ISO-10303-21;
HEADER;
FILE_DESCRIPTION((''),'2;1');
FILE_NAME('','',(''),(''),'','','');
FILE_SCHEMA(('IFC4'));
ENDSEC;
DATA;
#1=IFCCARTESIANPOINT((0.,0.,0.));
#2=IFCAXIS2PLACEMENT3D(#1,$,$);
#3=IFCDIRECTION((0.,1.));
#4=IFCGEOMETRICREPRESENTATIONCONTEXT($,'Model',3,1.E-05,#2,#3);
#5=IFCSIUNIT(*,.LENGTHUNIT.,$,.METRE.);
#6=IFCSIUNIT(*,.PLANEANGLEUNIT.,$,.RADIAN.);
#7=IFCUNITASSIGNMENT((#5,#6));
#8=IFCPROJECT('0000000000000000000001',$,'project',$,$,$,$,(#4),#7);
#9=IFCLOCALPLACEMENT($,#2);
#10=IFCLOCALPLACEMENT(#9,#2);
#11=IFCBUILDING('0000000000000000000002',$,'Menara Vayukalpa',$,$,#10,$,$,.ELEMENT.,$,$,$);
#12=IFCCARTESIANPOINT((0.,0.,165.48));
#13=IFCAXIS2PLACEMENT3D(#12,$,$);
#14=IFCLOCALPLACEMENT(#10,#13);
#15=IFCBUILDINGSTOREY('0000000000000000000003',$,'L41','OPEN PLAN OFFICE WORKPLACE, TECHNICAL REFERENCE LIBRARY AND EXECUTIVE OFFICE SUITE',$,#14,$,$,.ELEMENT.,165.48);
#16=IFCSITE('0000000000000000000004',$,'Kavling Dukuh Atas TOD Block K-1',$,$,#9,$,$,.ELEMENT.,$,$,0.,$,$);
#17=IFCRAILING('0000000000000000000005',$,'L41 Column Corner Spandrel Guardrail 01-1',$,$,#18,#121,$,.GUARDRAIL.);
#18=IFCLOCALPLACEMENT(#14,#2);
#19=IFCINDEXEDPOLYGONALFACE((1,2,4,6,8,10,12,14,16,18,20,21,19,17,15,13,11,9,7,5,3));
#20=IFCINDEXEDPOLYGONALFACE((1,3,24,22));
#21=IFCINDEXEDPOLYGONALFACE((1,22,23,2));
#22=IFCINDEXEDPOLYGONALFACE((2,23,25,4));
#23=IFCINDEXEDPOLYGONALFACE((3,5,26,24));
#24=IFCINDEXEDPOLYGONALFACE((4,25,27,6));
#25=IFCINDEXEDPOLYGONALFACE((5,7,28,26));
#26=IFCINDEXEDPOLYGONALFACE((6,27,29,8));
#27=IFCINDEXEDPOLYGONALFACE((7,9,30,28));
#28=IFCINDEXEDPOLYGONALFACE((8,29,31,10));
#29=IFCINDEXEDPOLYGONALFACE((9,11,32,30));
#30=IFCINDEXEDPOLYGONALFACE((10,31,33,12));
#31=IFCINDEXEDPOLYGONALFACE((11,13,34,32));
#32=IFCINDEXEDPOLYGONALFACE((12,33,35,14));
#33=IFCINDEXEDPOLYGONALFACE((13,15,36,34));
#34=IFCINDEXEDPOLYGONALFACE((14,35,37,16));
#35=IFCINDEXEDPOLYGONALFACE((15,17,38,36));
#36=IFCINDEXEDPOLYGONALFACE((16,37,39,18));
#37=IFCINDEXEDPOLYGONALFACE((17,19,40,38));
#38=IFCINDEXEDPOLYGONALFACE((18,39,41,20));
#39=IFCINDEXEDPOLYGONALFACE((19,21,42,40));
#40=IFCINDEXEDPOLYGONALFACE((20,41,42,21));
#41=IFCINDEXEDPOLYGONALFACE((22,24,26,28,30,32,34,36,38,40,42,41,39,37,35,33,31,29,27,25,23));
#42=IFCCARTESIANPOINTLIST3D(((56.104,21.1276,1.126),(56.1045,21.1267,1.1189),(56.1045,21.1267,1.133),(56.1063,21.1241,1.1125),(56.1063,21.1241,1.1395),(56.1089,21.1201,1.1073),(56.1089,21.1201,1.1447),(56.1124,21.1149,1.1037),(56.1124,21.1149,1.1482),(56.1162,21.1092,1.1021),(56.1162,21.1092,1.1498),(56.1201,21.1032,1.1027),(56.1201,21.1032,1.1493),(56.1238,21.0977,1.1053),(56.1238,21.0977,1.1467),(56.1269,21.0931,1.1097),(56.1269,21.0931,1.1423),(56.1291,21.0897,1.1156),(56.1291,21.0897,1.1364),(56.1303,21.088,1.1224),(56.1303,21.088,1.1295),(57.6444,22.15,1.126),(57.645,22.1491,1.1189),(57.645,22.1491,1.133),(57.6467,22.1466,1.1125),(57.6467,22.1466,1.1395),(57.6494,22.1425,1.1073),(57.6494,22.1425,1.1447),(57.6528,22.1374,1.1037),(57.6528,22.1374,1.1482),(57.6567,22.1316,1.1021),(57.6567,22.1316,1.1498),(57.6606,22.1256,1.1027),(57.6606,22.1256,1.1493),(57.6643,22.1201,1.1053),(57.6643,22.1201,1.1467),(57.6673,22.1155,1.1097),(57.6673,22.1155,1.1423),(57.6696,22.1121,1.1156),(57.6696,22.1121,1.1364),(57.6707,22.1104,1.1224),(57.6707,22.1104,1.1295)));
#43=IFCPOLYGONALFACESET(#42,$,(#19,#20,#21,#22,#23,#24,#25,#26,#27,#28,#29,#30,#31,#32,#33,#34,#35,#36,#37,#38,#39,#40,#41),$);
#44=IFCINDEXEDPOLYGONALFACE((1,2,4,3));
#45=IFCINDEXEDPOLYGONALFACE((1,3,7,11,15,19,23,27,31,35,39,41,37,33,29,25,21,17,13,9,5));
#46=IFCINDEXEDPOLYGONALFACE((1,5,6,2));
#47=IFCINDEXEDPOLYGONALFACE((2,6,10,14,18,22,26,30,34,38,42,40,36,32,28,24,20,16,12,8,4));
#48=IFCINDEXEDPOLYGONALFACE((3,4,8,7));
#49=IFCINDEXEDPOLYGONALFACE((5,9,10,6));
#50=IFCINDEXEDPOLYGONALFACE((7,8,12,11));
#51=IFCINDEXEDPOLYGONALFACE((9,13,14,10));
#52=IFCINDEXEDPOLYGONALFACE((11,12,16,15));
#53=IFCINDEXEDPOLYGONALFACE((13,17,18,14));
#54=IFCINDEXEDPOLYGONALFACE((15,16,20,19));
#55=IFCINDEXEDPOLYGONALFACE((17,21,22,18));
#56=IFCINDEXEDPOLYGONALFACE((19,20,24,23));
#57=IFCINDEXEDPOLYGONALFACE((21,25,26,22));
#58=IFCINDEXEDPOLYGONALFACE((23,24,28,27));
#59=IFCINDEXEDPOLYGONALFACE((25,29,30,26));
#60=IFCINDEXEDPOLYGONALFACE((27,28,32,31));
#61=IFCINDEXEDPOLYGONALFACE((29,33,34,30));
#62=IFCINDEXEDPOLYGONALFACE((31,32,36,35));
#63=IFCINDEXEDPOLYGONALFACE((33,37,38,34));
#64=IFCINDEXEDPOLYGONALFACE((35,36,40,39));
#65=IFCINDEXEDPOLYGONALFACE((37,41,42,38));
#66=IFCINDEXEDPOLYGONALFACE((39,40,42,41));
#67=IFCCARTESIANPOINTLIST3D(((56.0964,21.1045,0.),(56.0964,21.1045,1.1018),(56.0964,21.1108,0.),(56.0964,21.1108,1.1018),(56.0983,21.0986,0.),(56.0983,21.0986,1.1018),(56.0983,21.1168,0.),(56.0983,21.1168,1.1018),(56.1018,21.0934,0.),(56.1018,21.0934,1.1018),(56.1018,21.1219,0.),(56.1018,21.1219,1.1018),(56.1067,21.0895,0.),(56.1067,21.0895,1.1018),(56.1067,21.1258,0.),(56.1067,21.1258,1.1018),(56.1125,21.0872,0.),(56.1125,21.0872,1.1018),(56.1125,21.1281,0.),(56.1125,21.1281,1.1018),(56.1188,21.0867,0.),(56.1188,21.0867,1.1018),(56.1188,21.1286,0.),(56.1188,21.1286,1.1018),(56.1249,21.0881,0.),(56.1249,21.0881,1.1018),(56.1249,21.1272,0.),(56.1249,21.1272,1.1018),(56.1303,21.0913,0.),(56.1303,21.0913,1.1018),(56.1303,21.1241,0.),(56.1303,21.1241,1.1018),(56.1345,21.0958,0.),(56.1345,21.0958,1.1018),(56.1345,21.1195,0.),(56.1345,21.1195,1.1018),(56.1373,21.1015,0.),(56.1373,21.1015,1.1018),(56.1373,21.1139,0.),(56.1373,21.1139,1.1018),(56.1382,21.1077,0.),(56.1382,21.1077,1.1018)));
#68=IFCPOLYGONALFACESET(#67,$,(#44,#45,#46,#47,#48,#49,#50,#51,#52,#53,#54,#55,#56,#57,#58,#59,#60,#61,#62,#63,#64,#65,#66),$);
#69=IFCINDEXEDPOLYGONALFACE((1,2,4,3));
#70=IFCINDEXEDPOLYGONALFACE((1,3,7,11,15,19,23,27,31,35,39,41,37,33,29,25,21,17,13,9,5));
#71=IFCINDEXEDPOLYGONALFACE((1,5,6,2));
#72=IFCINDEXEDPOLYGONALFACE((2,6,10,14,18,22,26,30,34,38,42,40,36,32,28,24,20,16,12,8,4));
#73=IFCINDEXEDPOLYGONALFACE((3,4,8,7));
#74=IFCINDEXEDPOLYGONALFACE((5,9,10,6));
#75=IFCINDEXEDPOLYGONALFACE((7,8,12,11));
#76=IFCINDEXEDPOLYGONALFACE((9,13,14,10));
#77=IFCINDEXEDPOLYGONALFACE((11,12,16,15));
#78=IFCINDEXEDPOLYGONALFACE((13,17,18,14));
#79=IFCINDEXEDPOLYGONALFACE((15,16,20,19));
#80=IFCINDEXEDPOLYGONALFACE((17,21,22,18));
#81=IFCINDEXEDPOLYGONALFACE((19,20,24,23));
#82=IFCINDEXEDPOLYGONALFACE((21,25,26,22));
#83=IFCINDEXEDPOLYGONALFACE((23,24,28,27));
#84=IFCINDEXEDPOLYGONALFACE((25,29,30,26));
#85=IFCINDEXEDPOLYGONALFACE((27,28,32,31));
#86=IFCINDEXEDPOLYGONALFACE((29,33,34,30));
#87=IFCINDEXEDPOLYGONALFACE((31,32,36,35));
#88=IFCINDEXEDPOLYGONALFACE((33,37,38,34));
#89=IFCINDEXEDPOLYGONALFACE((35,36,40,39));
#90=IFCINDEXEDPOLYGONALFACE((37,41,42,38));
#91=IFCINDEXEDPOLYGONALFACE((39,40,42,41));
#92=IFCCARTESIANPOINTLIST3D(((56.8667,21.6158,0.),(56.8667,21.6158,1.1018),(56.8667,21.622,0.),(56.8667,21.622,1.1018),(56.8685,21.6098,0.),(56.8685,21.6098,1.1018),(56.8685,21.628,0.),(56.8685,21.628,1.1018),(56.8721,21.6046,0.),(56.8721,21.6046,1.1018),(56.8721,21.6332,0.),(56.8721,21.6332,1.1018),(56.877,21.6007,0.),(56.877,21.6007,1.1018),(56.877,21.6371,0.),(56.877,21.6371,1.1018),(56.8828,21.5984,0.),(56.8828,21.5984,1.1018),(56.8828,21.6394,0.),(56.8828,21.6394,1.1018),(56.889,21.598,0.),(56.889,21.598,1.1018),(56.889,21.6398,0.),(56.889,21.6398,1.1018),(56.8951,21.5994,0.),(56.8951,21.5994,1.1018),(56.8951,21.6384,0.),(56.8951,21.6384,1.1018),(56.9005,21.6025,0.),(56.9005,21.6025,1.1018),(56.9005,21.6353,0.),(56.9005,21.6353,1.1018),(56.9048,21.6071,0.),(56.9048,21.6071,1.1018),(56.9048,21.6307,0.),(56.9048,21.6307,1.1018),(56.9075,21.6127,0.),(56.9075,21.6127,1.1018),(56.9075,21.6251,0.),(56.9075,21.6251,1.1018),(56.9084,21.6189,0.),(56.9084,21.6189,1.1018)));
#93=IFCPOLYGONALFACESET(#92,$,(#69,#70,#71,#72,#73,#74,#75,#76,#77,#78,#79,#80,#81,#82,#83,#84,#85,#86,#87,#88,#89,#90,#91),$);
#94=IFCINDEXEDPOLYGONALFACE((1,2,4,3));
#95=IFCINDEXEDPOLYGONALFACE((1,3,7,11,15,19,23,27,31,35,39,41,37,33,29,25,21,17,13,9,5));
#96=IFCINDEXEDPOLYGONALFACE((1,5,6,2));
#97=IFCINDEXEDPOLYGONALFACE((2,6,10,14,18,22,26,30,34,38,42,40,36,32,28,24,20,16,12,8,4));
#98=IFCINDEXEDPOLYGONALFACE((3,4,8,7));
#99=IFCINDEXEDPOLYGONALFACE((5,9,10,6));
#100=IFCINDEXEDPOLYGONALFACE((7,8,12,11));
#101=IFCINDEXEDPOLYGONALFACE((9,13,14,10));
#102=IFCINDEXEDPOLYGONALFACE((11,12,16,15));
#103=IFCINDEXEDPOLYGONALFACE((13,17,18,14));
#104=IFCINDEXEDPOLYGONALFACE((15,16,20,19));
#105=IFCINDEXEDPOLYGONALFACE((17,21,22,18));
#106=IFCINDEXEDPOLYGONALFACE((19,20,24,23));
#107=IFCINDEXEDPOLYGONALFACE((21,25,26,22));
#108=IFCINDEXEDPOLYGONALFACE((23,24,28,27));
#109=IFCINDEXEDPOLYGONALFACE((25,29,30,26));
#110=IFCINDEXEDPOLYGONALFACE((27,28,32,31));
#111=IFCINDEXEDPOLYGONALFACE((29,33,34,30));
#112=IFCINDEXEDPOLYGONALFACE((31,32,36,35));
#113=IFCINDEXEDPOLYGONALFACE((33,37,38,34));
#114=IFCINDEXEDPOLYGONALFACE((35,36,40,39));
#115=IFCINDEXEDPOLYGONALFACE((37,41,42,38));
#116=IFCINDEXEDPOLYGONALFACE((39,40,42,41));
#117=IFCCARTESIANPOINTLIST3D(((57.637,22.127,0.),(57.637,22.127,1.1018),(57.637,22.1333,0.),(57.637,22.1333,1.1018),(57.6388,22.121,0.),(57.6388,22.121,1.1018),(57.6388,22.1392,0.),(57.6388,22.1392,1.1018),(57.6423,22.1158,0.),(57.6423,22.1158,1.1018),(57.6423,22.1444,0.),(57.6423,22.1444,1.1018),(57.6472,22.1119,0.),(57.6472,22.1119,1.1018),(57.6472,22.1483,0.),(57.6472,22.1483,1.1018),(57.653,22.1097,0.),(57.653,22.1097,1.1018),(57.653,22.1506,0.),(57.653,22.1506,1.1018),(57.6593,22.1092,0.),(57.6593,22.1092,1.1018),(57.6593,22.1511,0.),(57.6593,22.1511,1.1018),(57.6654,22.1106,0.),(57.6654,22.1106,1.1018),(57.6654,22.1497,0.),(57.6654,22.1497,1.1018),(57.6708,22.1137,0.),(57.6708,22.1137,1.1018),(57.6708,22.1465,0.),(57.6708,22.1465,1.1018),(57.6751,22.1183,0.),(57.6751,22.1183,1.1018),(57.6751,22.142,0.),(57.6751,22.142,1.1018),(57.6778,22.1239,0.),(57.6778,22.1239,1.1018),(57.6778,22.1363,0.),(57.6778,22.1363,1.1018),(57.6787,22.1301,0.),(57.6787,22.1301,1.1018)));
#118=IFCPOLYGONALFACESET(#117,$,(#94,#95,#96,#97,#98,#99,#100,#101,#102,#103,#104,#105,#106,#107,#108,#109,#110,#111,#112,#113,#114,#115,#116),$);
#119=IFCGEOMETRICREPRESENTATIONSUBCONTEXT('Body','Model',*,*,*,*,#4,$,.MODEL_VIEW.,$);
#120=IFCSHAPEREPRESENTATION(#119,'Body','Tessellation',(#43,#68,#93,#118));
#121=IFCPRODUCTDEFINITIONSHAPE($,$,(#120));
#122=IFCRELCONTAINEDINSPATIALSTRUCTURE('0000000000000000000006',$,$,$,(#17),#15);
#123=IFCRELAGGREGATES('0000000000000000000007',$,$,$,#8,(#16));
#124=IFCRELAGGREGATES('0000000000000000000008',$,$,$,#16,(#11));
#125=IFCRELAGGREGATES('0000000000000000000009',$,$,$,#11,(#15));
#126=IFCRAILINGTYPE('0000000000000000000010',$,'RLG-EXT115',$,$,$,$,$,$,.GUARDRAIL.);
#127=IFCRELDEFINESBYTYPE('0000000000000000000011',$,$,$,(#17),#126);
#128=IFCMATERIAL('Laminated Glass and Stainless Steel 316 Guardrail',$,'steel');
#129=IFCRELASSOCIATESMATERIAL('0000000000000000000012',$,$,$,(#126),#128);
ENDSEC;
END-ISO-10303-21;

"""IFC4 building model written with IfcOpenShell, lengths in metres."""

from ifc_helpers import new_model, si_unit, direction, frame, origin, origin_2d, place, context, subcontext, project, spatial, circle, extrude, material, type_object, element, save


model = new_model("IFC4")

# Units and contexts
model_context = context("Model", 3, precision=1e-05, world=origin(), true_north=direction((0.0, 1.0)))
body_context = subcontext(model_context, "Body", "Model", "MODEL_VIEW")
ifc_project = project(units=[si_unit("LENGTHUNIT", "METRE"), si_unit("PLANEANGLEUNIT", "RADIAN")], contexts=[model_context])

# Site, building, storey
site_placement = place(None, origin())
site = spatial("IfcSite", under=ifc_project, at=site_placement, Name="Kavling Dukuh Atas TOD Block K-1", CompositionType="ELEMENT", RefElevation=0.0)
building_placement = place(site_placement, origin())
building = spatial("IfcBuilding", under=site, at=building_placement, Name="Menara Vayukalpa", CompositionType="ELEMENT")
storey_placement = place(building_placement, frame((0.0, 0.0, 165.48)))
storey = spatial("IfcBuildingStorey", under=building, at=storey_placement, Name="L41", Description="OPEN PLAN OFFICE WORKPLACE, TECHNICAL REFERENCE LIBRARY AND EXECUTIVE OFFICE SUITE", CompositionType="ELEMENT", Elevation=165.48)

# Railing
ifc_material_1 = material(Name="Laminated Glass and Stainless Steel 316 Guardrail", Category="steel")
railing_type = type_object("IfcRailingType", Name="RLG-EXT115", PredefinedType="GUARDRAIL", material=ifc_material_1)
railing_1_placement = place(storey_placement, frame((56.1172, 21.1077, 0.0)))
element("IfcRailing", 1, at=railing_1_placement, inside=storey, type_object=railing_type, Name="L41 Column Corner Spandrel Guardrail 01-1", PredefinedType="GUARDRAIL", context=body_context, shape_type="SweptSolid", body=[
    extrude(circle(Radius=0.0239, at=origin_2d()), frame((0.0, 0.0, 1.126), z_axis=(0.833186, 0.552993, 0.0), x_axis=(-0.552993, 0.833186, 0.0)), (0.0, 0.0, 1.0), 1.8489),
    extrude(circle(Radius=0.021, at=origin_2d()), origin(), (0.0, 0.0, 1.0), 1.1018),
    extrude(circle(Radius=0.021, at=origin_2d()), frame((0.7703, 0.5112, 0.0)), (0.0, 0.0, 1.0), 1.1018),
    extrude(circle(Radius=0.021, at=origin_2d()), frame((1.5405, 1.0225, 0.0)), (0.0, 0.0, 1.0), 1.1018),
])

save(model, "model.ifc")
